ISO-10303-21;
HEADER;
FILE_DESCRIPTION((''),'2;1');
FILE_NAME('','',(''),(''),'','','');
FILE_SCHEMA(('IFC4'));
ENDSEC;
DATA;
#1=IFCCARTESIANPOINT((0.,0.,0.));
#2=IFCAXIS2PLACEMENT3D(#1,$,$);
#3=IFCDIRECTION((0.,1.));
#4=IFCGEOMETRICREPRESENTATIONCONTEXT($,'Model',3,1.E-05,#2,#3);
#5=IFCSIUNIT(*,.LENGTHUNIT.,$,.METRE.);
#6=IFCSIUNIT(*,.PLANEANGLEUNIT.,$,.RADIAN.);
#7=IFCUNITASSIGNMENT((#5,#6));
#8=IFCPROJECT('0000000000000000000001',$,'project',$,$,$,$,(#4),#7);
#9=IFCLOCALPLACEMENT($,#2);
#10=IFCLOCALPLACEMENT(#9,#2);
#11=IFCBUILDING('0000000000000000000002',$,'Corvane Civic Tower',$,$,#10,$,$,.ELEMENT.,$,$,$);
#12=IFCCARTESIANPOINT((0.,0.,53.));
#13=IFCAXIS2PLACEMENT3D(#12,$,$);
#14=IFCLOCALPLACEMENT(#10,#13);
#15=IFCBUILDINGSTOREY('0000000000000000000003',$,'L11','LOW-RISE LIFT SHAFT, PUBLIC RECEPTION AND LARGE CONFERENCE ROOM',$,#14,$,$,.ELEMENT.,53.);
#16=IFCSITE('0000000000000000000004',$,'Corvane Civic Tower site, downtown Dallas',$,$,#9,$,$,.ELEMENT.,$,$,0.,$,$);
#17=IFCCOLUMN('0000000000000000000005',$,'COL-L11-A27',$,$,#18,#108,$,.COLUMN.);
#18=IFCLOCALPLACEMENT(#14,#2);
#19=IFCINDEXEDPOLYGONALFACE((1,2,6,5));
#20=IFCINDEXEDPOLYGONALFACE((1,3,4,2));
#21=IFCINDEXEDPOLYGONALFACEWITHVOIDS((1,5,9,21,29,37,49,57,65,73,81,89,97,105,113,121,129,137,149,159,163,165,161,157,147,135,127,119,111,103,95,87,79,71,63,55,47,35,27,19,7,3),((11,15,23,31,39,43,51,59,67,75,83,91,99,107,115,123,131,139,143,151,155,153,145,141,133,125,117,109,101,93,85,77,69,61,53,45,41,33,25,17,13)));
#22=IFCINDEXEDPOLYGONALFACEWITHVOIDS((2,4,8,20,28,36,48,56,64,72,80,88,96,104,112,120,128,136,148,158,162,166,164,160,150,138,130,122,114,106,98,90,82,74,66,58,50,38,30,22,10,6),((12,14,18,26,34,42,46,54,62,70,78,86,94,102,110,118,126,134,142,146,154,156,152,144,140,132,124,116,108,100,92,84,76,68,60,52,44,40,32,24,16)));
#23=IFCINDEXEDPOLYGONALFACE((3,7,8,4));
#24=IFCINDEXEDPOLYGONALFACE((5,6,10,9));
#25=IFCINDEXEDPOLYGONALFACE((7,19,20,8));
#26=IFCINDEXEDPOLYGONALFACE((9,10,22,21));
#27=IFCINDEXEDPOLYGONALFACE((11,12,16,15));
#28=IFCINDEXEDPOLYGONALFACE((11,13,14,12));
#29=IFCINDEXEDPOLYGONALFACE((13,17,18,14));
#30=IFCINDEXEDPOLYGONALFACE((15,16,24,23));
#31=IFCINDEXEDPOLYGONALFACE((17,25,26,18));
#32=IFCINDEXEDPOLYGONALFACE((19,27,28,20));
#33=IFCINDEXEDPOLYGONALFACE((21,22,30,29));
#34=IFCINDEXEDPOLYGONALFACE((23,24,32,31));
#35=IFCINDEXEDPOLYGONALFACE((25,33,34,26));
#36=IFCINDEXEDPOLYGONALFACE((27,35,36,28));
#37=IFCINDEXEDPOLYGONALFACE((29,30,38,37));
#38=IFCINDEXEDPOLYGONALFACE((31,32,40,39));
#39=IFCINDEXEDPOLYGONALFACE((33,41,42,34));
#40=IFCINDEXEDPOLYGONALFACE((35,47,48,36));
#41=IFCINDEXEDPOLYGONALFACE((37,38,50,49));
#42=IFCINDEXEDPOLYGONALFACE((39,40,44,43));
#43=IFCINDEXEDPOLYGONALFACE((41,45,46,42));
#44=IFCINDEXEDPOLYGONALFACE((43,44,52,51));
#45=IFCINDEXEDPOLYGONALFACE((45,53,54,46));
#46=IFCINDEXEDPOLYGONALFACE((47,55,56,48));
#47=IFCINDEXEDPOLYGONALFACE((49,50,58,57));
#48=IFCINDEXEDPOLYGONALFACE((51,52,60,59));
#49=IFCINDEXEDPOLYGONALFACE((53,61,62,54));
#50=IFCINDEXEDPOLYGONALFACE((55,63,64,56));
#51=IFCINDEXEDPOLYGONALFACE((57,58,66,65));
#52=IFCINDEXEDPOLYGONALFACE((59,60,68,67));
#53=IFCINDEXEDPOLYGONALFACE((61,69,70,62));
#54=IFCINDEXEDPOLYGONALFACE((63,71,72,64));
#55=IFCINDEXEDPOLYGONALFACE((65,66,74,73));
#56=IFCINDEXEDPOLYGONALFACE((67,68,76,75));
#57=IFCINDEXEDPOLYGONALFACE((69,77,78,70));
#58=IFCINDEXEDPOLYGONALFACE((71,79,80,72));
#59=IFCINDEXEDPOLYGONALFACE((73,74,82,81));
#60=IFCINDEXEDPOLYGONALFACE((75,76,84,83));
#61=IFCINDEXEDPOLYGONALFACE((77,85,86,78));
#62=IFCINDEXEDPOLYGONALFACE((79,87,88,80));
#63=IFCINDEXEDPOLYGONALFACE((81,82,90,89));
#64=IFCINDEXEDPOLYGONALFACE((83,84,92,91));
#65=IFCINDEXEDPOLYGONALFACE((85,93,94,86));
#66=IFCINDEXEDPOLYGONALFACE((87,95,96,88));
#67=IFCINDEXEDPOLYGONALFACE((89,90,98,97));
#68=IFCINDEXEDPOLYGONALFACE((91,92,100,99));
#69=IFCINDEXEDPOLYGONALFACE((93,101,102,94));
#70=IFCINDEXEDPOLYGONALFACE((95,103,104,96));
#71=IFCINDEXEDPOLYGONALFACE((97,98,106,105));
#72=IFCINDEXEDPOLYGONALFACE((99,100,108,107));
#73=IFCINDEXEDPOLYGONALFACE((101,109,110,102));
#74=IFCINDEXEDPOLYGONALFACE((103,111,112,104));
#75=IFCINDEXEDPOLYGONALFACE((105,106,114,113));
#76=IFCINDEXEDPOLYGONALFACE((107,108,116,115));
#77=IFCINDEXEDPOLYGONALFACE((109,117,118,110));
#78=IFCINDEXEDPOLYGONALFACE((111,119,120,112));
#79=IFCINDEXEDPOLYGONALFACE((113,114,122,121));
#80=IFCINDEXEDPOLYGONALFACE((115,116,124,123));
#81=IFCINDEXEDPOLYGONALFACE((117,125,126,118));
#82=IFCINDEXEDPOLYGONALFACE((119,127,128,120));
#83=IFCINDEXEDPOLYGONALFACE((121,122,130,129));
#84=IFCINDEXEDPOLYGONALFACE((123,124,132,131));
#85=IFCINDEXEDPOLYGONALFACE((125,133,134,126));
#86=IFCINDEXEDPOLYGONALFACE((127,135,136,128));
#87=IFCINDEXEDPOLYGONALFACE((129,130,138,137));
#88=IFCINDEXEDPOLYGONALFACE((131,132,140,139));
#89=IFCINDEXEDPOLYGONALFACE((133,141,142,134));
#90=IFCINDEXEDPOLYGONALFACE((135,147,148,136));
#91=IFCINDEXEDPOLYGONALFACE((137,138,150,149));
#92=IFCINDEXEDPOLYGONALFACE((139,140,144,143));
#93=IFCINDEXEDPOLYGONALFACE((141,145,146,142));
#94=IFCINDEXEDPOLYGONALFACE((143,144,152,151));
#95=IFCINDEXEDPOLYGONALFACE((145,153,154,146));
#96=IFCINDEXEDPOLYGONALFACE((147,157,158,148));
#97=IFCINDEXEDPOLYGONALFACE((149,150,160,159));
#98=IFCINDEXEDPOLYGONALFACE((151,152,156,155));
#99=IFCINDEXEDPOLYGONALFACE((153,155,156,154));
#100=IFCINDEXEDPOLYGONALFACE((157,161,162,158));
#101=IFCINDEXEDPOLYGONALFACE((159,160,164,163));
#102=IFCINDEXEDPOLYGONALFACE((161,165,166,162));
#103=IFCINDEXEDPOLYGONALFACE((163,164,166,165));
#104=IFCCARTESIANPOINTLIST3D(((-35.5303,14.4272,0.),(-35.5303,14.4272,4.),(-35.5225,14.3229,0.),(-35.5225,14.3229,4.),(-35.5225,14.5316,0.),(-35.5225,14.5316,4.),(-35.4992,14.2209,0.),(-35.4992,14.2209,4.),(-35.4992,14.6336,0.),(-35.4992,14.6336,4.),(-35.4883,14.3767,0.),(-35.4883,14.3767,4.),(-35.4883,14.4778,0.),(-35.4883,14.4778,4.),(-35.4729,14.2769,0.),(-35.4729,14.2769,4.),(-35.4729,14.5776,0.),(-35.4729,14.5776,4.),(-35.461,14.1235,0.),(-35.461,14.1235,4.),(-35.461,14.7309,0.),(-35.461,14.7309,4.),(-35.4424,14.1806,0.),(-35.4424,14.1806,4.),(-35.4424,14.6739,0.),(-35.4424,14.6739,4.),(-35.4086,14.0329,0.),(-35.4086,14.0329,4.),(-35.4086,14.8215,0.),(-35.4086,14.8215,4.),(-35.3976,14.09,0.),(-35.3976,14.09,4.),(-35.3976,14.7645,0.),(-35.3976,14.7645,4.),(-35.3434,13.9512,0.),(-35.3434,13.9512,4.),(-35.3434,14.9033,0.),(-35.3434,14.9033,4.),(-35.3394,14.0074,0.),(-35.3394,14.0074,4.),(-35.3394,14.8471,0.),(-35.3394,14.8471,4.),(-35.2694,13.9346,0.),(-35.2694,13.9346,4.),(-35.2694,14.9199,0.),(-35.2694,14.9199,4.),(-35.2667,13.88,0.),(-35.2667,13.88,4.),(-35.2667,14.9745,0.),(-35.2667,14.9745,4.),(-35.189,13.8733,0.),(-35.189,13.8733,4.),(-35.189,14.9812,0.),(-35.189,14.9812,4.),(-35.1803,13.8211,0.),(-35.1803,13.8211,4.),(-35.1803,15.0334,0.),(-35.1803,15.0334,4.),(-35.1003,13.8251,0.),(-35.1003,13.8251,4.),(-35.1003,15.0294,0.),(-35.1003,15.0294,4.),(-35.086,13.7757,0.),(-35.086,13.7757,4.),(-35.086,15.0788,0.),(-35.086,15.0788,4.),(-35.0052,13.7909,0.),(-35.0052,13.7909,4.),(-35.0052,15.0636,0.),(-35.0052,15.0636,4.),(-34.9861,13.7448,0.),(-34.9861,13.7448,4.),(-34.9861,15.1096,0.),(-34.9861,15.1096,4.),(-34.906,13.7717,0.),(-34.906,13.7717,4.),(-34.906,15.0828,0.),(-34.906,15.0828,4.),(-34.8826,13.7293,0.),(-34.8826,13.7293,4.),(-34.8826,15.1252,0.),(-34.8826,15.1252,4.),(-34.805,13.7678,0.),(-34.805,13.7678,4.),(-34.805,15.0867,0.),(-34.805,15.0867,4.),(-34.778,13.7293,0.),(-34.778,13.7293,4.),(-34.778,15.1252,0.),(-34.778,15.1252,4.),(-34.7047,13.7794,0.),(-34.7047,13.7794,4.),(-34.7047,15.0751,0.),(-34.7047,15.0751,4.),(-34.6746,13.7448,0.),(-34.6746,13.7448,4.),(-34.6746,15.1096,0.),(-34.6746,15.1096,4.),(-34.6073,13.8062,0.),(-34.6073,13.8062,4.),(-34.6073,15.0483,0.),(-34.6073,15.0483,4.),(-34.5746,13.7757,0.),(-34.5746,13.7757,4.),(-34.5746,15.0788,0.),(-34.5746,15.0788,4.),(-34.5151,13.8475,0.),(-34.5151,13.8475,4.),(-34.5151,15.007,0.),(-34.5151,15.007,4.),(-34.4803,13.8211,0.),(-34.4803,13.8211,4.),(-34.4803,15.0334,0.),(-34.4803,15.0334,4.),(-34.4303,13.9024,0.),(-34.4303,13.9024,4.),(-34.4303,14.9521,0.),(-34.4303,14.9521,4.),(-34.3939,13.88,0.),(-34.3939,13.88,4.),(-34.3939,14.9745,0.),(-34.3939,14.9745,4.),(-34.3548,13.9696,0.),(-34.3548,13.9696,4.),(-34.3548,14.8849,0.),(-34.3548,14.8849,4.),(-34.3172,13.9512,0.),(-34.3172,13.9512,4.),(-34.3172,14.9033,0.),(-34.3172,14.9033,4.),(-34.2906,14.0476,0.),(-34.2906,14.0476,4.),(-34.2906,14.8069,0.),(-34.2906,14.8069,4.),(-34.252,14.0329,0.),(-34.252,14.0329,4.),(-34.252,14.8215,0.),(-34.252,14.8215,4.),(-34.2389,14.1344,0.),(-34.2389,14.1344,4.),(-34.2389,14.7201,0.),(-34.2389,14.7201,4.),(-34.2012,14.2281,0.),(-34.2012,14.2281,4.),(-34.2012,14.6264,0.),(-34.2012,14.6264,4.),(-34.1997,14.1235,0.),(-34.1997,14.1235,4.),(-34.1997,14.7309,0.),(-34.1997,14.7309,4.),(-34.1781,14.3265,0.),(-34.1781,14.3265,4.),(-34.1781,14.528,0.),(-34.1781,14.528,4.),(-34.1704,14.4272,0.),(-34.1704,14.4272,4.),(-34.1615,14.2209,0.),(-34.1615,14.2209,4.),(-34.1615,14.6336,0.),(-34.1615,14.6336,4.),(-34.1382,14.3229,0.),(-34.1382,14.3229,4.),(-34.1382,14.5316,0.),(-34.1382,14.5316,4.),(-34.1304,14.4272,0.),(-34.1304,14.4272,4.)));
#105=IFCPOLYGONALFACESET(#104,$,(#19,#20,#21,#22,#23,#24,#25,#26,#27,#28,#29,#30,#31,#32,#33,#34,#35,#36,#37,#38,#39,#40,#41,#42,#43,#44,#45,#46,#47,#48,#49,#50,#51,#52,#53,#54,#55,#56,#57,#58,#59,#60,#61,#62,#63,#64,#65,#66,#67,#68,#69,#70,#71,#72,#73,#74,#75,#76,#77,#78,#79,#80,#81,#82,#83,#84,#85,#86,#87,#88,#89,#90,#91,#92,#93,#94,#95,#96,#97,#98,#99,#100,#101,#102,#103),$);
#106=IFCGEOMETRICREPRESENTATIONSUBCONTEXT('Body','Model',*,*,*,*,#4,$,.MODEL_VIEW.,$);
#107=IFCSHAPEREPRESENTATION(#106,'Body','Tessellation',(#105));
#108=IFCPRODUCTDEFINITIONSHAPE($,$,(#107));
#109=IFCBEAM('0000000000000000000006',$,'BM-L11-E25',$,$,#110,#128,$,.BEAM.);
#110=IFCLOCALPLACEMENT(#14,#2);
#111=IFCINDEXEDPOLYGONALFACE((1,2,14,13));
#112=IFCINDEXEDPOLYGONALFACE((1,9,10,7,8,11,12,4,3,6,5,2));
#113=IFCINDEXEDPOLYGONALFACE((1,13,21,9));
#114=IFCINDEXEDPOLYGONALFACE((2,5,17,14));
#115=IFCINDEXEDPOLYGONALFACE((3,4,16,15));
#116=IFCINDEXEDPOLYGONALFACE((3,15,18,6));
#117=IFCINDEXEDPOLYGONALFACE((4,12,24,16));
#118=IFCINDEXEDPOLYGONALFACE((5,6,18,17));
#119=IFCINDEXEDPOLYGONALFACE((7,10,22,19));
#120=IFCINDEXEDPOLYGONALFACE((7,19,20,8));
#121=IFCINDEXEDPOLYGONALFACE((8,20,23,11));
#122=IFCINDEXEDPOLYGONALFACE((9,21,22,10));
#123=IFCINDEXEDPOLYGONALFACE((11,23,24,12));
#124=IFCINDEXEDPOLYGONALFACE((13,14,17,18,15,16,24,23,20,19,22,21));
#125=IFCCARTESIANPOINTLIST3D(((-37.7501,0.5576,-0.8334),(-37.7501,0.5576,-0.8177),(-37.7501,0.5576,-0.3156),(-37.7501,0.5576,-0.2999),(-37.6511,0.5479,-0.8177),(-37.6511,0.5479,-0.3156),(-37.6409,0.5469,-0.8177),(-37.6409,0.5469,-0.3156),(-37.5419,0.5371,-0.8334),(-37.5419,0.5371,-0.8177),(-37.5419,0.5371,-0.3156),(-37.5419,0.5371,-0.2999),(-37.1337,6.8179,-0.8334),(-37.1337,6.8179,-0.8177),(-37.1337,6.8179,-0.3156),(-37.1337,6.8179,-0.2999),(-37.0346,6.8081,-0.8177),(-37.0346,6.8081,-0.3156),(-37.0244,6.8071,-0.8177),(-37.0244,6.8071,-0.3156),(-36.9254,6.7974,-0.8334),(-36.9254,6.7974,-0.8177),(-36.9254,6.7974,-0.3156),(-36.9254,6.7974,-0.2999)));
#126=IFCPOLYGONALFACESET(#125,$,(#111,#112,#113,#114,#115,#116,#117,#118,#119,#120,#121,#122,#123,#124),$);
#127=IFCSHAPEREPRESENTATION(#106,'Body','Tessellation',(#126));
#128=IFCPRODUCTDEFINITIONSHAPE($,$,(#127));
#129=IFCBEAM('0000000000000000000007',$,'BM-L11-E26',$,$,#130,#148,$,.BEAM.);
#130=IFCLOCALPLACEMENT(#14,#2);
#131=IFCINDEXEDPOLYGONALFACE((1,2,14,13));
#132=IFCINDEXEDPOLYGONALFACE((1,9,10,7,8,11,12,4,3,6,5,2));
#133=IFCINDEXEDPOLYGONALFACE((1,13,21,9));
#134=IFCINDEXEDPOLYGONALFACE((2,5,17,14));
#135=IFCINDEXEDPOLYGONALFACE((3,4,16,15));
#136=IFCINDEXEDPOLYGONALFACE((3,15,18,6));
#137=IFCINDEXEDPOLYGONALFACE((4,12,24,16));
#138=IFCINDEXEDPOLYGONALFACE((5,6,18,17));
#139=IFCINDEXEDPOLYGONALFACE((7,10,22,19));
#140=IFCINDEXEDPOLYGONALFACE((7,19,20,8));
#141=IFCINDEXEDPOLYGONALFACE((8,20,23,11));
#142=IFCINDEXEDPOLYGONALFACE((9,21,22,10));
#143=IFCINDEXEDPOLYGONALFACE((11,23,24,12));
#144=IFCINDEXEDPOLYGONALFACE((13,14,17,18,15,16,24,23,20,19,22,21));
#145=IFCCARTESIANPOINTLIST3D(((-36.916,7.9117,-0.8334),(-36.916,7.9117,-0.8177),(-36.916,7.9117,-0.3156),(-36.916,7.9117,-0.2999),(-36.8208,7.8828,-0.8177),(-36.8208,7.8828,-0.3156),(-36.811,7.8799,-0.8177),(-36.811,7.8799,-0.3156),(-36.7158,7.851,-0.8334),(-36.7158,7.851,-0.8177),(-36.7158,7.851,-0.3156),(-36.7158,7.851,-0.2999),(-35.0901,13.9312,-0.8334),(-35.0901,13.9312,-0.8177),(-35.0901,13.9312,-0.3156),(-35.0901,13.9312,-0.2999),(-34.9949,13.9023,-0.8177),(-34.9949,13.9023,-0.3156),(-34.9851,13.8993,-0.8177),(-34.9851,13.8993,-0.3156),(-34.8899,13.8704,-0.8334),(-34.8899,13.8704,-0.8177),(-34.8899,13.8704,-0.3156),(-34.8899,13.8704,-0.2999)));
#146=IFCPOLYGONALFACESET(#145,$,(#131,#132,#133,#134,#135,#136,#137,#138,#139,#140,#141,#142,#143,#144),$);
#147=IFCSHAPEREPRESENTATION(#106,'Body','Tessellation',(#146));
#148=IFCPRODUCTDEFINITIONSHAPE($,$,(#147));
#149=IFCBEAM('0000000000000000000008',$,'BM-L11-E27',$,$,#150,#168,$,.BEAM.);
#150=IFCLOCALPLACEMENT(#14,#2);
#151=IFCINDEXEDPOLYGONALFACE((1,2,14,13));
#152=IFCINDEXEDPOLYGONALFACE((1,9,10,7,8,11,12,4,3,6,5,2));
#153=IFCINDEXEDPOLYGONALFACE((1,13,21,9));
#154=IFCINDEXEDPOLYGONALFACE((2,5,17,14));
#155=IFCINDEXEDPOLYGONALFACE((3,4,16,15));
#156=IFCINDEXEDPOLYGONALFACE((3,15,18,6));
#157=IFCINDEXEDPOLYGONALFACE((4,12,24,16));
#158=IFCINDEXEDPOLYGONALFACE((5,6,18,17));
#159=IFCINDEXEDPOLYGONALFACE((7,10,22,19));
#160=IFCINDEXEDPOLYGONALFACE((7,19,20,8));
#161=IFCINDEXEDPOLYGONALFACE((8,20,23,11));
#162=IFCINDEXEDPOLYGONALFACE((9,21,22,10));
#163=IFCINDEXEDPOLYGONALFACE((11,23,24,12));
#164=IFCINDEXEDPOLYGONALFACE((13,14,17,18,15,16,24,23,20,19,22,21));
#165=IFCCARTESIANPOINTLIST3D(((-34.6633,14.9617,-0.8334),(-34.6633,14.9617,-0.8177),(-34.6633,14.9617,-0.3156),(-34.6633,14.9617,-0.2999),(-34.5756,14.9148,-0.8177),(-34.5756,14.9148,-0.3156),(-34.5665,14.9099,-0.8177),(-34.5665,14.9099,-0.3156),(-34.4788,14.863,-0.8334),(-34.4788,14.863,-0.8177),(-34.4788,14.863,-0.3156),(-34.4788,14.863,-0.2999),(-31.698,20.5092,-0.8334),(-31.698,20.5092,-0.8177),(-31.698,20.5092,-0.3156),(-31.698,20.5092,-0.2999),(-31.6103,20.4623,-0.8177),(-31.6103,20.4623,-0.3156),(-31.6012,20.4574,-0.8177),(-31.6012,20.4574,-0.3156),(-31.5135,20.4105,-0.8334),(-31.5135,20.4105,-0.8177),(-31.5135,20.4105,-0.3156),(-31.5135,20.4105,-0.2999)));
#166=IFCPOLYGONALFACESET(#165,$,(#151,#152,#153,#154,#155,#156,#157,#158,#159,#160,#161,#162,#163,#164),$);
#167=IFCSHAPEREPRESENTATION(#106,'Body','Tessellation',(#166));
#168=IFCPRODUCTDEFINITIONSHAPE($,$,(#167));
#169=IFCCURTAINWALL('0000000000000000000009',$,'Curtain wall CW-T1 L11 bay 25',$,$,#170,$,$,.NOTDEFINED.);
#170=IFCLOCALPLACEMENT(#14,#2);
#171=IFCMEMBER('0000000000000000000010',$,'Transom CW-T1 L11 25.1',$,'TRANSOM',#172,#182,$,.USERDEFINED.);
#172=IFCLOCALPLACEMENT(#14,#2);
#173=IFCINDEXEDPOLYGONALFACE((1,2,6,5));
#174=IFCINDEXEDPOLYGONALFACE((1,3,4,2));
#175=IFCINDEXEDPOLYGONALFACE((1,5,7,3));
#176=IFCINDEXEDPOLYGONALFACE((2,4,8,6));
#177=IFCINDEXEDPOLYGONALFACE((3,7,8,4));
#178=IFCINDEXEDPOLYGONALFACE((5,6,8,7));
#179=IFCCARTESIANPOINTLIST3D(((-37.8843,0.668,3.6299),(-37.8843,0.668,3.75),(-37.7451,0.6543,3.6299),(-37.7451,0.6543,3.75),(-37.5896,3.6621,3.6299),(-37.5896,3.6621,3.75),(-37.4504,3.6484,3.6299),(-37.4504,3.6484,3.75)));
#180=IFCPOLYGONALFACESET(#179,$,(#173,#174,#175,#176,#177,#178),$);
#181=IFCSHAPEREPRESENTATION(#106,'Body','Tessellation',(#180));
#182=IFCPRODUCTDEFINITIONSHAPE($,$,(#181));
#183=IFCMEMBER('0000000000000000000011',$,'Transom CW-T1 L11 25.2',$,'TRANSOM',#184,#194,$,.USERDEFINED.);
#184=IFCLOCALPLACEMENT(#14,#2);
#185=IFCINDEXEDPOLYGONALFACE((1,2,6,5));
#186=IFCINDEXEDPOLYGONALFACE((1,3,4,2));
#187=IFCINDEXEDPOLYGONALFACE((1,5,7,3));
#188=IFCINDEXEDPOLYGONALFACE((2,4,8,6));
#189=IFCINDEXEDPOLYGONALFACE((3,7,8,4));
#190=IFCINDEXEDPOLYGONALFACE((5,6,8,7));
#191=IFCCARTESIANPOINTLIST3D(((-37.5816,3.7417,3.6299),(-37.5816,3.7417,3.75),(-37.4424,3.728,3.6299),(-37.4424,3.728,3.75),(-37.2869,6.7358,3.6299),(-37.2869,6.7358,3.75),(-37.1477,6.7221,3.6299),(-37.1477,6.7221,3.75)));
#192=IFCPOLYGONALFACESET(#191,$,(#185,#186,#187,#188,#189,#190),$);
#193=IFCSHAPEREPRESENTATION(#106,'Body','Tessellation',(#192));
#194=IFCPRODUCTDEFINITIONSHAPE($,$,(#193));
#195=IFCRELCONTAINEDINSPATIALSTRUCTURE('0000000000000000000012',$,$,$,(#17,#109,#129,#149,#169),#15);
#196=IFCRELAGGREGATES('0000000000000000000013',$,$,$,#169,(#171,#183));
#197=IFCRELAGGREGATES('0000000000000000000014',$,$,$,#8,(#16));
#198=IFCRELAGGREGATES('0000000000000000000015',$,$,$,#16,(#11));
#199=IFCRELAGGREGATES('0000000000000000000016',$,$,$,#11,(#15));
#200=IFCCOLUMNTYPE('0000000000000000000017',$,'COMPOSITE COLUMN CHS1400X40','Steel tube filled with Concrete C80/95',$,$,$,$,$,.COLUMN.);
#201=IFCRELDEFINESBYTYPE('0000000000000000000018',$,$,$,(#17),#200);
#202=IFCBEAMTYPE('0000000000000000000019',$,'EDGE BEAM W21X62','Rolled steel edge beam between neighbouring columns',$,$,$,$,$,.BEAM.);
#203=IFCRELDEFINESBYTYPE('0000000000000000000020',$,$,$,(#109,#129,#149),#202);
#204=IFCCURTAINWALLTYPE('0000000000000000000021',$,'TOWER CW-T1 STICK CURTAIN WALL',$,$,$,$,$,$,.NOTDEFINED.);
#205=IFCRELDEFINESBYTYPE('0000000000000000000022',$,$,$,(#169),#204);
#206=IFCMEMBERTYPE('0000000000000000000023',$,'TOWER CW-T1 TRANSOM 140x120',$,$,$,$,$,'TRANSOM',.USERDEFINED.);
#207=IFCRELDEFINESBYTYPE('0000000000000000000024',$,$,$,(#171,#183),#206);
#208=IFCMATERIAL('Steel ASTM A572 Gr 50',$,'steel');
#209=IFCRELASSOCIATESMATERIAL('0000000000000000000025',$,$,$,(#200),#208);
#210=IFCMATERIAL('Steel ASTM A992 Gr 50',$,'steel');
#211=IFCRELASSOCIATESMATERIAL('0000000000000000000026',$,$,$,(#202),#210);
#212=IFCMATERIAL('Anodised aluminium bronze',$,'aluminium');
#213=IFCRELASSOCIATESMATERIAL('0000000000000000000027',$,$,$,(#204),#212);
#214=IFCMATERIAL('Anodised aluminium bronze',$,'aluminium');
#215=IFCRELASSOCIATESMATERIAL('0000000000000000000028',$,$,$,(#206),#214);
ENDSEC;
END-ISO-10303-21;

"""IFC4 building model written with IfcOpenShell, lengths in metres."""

from ifc_helpers import new_model, si_unit, direction, frame, origin, origin_2d, place, context, subcontext, project, spatial, rectangle, hollow_circle, i_section, extrude, material, material_profile, profile_set, type_object, element, aggregate, save


model = new_model("IFC4")

# Units and contexts
model_context = context("Model", 3, precision=1e-05, world=origin(), true_north=direction((0.0, 1.0)))
body_context = subcontext(model_context, "Body", "Model", "MODEL_VIEW")
ifc_project = project(units=[si_unit("LENGTHUNIT", "METRE"), si_unit("PLANEANGLEUNIT", "RADIAN")], contexts=[model_context])

# Site, building, storey
site_placement = place(None, origin())
site = spatial("IfcSite", under=ifc_project, at=site_placement, Name="Corvane Civic Tower site, downtown Dallas", CompositionType="ELEMENT", RefElevation=0.0)
building_placement = place(site_placement, origin())
building = spatial("IfcBuilding", under=site, at=building_placement, Name="Corvane Civic Tower", CompositionType="ELEMENT")
storey_placement = place(building_placement, frame((0.0, 0.0, 53.0)))
storey = spatial("IfcBuildingStorey", under=building, at=storey_placement, Name="L11", Description="LOW-RISE LIFT SHAFT, PUBLIC RECEPTION AND LARGE CONFERENCE ROOM", CompositionType="ELEMENT", Elevation=53.0)

# Column
ifc_material_1 = material(Name="Steel ASTM A572 Gr 50", Category="steel")
ifc_material_profile_1 = material_profile(ifc_material_1, hollow_circle(Radius=0.7, WallThickness=0.04, at=origin_2d()), Name="CHS1400X40")
ifc_profile_set_1 = profile_set([ifc_material_profile_1], Name="Steel ASTM A572 Gr 50")
column_type = type_object("IfcColumnType", Name="COMPOSITE COLUMN CHS1400X40", Description="Steel tube filled with Concrete C80/95", PredefinedType="COLUMN", material=ifc_profile_set_1)
for number, where, z_axis, x_axis, name in (
    (1, (-34.8303, 14.4272, 0.0), (0.0, 0.0, 1.0), (1.0, 0.0, 0.0), "COL-L11-A27"),
):
    element("IfcColumn", number, at=place(storey_placement, frame(where, z_axis=z_axis, x_axis=x_axis)), inside=storey, type_object=column_type, Name=name, PredefinedType="COLUMN", context=body_context, shape_type="SweptSolid", body=[
        extrude(hollow_circle(Radius=0.7, WallThickness=0.04, at=origin_2d()), origin(), (0.0, 0.0, 1.0), 4.0),
    ])

# Beams
ifc_material_2 = material(Name="Steel ASTM A992 Gr 50", Category="steel")
ifc_material_profile_2 = material_profile(ifc_material_2, i_section(OverallWidth=0.2092, OverallDepth=0.5334, WebThickness=0.0103, FlangeThickness=0.0156, at=origin_2d()), Name="W21X62")
ifc_profile_set_2 = profile_set([ifc_material_profile_2], Name="Steel ASTM A992 Gr 50")
beam_type = type_object("IfcBeamType", Name="EDGE BEAM W21X62", Description="Rolled steel edge beam between neighbouring columns", PredefinedType="BEAM", material=ifc_profile_set_2)
beam_placement = place(storey_placement, frame((-37.646, 0.5474, -0.5667), z_axis=(0.097997, 0.995187, 0.0), x_axis=(-0.995187, 0.097997, 0.0)))
element("IfcBeam", 2, at=beam_placement, inside=storey, type_object=beam_type, Name="BM-L11-E25", PredefinedType="BEAM", context=body_context, shape_type="SweptSolid", body=[
    extrude(i_section(OverallWidth=0.2092, OverallDepth=0.5334, WebThickness=0.0103, FlangeThickness=0.0156, at=origin_2d()), origin(), (0.0, 0.0, 1.0), 6.2905),
])
for number, where, z_axis, x_axis, name in (
    (3, (-36.8159, 7.8813, -0.5667), (0.290273, 0.956944, 0.0), (-0.956944, 0.290273, 0.0), "BM-L11-E26"),
    (4, (-34.571, 14.9124, -0.5667), (0.471406, 0.881916, 0.0), (-0.881916, 0.471406, 0.0), "BM-L11-E27"),
):
    element("IfcBeam", number, at=place(storey_placement, frame(where, z_axis=z_axis, x_axis=x_axis)), inside=storey, type_object=beam_type, Name=name, PredefinedType="BEAM", context=body_context, shape_type="SweptSolid", body=[
        extrude(i_section(OverallWidth=0.2092, OverallDepth=0.5334, WebThickness=0.0103, FlangeThickness=0.0156, at=origin_2d()), origin(), (0.0, 0.0, 1.0), 6.2903),
    ])

# Curtain wall, members
ifc_material_3 = material(Name="Anodised aluminium bronze", Category="aluminium")
curtain_wall_type = type_object("IfcCurtainWallType", Name="TOWER CW-T1 STICK CURTAIN WALL", PredefinedType="NOTDEFINED", material=ifc_material_3)
curtain_wall_1_placement = place(storey_placement, origin())
curtain_wall_1 = element("IfcCurtainWall", 5, at=curtain_wall_1_placement, inside=storey, type_object=curtain_wall_type, Name="Curtain wall CW-T1 L11 bay 25", PredefinedType="NOTDEFINED")
ifc_material_4 = material(Name="Anodised aluminium bronze", Category="aluminium")
ifc_material_profile_3 = material_profile(ifc_material_4, rectangle(XDim=0.1399, YDim=0.1201, at=origin_2d()), Name="TOWER CW-T1 TRANSOM 140x120")
ifc_profile_set_3 = profile_set([ifc_material_profile_3], Name="Anodised aluminium bronze")
member_type_1 = type_object("IfcMemberType", Name="TOWER CW-T1 TRANSOM 140x120", ElementType="TRANSOM", PredefinedType="USERDEFINED", material=ifc_profile_set_3)
member_1_placement = place(storey_placement, frame((-37.8147, 0.6611, 3.6899), z_axis=(0.097945, 0.995192, 0.0), x_axis=(-0.995192, 0.097945, 0.0)))
member_1 = element("IfcMember", 6, at=member_1_placement, type_object=member_type_1, Name="Transom CW-T1 L11 25.1", ObjectType="TRANSOM", PredefinedType="USERDEFINED", context=body_context, shape_type="SweptSolid", body=[
    extrude(rectangle(XDim=0.1399, YDim=0.1201, at=origin_2d()), origin(), (0.0, 0.0, 1.0), 3.0085),
])
member_2_placement = place(storey_placement, frame((-37.512, 3.7349, 3.6899), z_axis=(0.097945, 0.995192, 0.0), x_axis=(-0.995192, 0.097945, 0.0)))
member_2 = element("IfcMember", 7, at=member_2_placement, type_object=member_type_1, Name="Transom CW-T1 L11 25.2", ObjectType="TRANSOM", PredefinedType="USERDEFINED", context=body_context, shape_type="SweptSolid", body=[
    extrude(rectangle(XDim=0.1399, YDim=0.1201, at=origin_2d()), origin(), (0.0, 0.0, 1.0), 3.0085),
])

aggregate(curtain_wall_1, [member_1, member_2])

save(model, "model.ifc")
